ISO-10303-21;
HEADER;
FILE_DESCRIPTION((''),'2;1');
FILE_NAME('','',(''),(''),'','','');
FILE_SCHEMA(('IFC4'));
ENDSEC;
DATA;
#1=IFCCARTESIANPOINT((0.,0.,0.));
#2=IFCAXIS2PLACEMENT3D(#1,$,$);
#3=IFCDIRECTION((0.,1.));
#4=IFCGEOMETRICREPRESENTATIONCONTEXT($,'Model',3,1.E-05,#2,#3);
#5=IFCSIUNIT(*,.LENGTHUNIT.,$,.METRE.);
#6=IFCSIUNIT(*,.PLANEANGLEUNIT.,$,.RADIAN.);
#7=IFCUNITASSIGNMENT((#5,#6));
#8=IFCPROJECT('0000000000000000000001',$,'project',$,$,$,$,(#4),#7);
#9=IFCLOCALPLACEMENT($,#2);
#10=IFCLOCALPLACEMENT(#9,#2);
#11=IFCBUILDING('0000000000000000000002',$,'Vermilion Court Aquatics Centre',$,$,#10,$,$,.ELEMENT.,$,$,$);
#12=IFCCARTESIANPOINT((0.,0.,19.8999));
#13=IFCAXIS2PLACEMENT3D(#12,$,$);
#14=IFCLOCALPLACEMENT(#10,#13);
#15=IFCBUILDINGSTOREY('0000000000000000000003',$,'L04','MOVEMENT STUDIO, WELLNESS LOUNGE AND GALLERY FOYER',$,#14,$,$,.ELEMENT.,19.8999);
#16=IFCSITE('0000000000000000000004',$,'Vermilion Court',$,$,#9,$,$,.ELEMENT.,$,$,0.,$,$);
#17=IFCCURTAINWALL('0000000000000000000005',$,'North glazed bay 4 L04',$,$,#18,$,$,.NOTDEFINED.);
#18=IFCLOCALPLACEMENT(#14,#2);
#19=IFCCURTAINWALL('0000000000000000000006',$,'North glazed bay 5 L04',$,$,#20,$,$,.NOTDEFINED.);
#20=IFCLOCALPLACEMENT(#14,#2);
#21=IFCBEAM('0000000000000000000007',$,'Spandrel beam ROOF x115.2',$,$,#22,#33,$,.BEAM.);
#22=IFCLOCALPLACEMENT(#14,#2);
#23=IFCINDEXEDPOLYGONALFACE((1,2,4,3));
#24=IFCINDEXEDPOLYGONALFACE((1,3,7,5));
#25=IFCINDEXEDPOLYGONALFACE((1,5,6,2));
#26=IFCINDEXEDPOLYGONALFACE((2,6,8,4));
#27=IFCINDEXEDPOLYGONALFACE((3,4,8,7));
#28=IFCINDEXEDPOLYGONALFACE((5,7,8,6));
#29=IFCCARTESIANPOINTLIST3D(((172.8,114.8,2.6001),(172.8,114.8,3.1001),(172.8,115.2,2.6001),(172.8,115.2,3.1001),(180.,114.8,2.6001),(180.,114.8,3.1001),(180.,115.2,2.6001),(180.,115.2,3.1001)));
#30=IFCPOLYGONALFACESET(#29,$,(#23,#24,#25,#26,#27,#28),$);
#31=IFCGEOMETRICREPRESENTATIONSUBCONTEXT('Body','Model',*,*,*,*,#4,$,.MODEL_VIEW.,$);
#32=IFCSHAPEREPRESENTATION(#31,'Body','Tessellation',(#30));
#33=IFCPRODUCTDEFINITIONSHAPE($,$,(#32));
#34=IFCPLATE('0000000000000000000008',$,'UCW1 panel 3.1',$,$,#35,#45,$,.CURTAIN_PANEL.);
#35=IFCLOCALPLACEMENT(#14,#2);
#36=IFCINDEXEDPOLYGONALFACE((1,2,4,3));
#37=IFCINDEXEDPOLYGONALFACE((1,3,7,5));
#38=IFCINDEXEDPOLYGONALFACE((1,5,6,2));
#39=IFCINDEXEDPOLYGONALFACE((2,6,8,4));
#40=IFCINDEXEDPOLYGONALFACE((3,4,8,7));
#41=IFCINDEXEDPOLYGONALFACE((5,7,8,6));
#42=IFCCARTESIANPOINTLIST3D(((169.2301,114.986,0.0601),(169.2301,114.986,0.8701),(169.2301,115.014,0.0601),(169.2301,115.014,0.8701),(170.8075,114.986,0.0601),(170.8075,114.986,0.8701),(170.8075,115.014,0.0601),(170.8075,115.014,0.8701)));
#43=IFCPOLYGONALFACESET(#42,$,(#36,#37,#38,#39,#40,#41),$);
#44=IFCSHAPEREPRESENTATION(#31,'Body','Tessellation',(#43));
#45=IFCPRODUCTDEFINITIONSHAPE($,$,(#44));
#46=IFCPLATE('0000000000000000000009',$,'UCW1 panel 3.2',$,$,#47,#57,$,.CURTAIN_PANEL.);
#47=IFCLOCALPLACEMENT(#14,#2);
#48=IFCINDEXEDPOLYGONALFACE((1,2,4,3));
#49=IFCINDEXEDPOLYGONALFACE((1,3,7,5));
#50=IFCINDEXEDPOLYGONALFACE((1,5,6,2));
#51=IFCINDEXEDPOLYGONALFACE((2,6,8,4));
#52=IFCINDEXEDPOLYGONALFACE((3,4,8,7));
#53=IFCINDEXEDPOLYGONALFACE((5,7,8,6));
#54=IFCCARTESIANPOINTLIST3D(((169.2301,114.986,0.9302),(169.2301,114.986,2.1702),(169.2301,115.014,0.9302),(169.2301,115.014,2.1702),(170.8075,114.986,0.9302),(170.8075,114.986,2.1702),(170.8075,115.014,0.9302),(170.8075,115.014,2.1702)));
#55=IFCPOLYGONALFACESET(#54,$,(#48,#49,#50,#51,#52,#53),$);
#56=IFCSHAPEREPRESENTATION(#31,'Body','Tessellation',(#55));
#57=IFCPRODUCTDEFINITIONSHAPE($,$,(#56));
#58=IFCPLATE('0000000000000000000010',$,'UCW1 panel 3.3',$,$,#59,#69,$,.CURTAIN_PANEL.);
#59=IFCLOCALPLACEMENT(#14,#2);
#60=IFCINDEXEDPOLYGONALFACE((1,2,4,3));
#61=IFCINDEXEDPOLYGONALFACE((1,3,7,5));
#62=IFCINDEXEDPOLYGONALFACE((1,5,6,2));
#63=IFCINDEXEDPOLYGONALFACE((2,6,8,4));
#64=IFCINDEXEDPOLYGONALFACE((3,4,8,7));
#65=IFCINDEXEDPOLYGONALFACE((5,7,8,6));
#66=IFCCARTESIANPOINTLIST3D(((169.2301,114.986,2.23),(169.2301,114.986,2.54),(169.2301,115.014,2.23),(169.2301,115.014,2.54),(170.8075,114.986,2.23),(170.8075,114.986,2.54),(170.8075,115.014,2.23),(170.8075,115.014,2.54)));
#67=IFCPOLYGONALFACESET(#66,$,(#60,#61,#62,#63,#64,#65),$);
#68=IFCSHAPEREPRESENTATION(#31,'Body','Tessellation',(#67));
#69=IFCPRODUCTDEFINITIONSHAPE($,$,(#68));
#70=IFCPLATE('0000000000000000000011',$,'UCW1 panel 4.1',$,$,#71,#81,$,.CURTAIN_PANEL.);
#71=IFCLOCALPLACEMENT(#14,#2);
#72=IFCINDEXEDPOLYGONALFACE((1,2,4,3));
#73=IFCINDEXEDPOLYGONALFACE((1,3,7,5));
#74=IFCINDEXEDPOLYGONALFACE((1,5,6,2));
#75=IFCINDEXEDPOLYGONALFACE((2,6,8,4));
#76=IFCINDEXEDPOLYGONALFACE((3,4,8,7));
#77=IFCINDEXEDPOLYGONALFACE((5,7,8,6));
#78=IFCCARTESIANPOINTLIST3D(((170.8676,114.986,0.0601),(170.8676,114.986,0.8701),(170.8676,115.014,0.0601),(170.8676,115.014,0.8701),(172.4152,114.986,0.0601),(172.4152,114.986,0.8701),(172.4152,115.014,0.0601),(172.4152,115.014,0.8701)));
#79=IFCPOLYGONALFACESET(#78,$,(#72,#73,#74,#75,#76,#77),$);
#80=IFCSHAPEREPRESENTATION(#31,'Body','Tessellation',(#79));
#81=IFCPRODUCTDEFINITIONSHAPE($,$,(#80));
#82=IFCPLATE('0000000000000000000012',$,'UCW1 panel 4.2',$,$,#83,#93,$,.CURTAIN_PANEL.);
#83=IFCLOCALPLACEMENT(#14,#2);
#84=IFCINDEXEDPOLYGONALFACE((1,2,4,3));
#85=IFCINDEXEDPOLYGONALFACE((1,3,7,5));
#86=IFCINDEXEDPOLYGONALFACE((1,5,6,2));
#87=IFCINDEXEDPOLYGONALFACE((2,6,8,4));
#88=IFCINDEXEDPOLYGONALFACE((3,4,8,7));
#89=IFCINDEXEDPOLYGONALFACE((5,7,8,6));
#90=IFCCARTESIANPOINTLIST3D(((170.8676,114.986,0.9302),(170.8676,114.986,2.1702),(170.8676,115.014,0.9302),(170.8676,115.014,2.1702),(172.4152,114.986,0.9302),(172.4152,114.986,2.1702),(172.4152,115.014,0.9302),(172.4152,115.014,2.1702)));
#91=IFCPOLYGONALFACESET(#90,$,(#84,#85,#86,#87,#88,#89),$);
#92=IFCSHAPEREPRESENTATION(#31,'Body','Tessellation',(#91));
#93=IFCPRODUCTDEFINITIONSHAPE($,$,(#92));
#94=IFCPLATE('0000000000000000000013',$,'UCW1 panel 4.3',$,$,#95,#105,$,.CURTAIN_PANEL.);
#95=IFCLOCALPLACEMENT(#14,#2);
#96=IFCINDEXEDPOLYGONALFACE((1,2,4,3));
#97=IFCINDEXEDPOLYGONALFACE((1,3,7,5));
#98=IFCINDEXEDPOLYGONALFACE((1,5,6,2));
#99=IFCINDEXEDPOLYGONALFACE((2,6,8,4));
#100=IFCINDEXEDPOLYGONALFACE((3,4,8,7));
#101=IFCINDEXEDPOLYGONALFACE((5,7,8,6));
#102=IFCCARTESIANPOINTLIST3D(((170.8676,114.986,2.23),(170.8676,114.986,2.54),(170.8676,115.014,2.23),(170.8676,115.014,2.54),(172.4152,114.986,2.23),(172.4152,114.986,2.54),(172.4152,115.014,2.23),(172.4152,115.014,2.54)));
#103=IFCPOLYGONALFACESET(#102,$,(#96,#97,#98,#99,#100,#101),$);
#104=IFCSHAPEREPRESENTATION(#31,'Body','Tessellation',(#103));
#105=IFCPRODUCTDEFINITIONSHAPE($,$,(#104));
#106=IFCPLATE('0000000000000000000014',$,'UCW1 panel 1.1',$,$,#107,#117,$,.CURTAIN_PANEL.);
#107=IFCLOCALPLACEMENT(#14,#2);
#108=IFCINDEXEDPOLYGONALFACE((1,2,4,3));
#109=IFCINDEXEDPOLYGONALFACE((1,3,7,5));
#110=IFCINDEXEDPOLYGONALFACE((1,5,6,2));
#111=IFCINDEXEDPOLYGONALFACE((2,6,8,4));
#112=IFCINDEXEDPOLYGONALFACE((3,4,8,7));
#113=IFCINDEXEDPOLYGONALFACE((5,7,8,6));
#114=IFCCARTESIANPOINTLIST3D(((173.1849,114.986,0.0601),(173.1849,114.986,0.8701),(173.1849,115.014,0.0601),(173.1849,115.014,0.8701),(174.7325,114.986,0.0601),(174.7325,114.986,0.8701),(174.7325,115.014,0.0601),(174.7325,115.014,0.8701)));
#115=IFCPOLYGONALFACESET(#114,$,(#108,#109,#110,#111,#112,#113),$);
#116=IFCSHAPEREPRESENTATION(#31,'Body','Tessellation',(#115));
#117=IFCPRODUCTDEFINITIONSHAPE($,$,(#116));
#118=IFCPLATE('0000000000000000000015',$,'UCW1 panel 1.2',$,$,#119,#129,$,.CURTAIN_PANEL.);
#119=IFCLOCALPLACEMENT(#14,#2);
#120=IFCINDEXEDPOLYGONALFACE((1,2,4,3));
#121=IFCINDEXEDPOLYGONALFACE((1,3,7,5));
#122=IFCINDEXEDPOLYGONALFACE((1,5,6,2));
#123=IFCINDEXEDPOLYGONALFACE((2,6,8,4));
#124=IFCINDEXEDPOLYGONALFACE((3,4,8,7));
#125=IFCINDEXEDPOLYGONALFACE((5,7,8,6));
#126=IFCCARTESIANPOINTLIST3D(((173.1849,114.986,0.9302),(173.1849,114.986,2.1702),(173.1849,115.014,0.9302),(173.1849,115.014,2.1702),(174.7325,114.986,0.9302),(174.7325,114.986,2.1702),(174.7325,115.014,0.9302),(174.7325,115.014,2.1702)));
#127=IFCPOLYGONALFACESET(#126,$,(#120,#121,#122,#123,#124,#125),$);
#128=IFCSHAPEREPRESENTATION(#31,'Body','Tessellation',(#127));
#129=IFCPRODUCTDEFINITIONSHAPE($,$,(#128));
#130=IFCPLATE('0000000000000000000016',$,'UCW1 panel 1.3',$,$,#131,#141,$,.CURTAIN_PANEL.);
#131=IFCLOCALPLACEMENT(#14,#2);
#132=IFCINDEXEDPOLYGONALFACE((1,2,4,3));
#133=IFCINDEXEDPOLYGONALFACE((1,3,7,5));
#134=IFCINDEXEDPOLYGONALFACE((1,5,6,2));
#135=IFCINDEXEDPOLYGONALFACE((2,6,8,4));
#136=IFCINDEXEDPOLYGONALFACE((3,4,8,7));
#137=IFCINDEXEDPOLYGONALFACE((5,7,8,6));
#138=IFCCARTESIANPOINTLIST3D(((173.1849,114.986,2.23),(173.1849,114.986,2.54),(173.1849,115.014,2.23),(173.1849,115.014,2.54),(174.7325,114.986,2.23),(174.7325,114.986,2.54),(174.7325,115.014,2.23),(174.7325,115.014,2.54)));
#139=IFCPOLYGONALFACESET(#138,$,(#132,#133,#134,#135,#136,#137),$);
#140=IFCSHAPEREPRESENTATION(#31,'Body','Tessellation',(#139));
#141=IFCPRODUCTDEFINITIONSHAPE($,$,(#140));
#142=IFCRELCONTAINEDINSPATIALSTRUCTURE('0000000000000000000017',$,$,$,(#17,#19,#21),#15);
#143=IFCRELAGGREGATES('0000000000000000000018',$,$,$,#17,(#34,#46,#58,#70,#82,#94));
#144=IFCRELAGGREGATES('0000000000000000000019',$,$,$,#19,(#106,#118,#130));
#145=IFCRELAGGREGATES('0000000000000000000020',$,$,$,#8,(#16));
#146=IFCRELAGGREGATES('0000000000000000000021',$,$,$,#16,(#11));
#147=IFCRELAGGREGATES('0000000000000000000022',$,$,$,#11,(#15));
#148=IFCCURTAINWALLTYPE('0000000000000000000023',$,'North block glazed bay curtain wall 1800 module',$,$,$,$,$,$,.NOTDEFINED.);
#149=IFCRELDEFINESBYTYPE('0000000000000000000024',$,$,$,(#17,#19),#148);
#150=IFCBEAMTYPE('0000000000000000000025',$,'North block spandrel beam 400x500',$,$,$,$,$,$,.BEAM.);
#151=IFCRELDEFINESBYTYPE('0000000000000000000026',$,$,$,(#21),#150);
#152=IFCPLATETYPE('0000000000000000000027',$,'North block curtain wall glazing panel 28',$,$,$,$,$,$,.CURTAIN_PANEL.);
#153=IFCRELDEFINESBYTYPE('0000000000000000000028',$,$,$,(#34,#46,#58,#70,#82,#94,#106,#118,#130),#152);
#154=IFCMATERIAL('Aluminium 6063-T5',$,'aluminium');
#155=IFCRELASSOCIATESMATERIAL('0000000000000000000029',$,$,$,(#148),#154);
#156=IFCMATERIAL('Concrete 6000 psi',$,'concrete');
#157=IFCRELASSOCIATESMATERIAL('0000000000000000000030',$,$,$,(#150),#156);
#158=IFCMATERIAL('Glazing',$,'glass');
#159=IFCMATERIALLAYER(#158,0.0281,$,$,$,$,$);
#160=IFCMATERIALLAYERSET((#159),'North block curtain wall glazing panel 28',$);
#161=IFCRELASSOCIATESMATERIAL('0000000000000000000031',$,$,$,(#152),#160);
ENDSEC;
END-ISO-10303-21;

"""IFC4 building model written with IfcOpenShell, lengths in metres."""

from ifc_helpers import new_model, si_unit, direction, frame, origin, origin_2d, place, context, subcontext, project, spatial, rectangle, extrude, material, layer, layer_set, material_profile, profile_set, type_object, element, aggregate, save


model = new_model("IFC4")

# Units and contexts
model_context = context("Model", 3, precision=1e-05, world=origin(), true_north=direction((0.0, 1.0)))
body_context = subcontext(model_context, "Body", "Model", "MODEL_VIEW")
ifc_project = project(units=[si_unit("LENGTHUNIT", "METRE"), si_unit("PLANEANGLEUNIT", "RADIAN")], contexts=[model_context])

# Site, building, storey
site_placement = place(None, origin())
site = spatial("IfcSite", under=ifc_project, at=site_placement, Name="Vermilion Court", CompositionType="ELEMENT", RefElevation=0.0)
building_placement = place(site_placement, origin())
building = spatial("IfcBuilding", under=site, at=building_placement, Name="Vermilion Court Aquatics Centre", CompositionType="ELEMENT")
storey_placement = place(building_placement, frame((0.0, 0.0, 19.8999)))
storey = spatial("IfcBuildingStorey", under=building, at=storey_placement, Name="L04", Description="MOVEMENT STUDIO, WELLNESS LOUNGE AND GALLERY FOYER", CompositionType="ELEMENT", Elevation=19.8999)

# Curtain wall
ifc_material_1 = material(Name="Aluminium 6063-T5", Category="aluminium")
curtain_wall_type = type_object("IfcCurtainWallType", Name="North block glazed bay curtain wall 1800 module", PredefinedType="NOTDEFINED", material=ifc_material_1)
curtain_wall_1_placement = place(storey_placement, origin())
curtain_wall_1 = element("IfcCurtainWall", 1, at=curtain_wall_1_placement, inside=storey, type_object=curtain_wall_type, Name="North glazed bay 4 L04", PredefinedType="NOTDEFINED")

# Curtain wall
curtain_wall_2_placement = place(storey_placement, origin())
curtain_wall_2 = element("IfcCurtainWall", 2, at=curtain_wall_2_placement, inside=storey, type_object=curtain_wall_type, Name="North glazed bay 5 L04", PredefinedType="NOTDEFINED")

# Beam
ifc_material_2 = material(Name="Concrete 6000 psi", Category="concrete")
ifc_material_profile_1 = material_profile(ifc_material_2, rectangle(XDim=0.3999, YDim=0.5, at=origin_2d()), Name="RC 400x500")
ifc_profile_set_1 = profile_set([ifc_material_profile_1], Name="Concrete 6000 psi")
beam_type = type_object("IfcBeamType", Name="North block spandrel beam 400x500", PredefinedType="BEAM", material=ifc_profile_set_1)
beam_placement = place(storey_placement, frame((172.8, 115.0, 2.8501), z_axis=(1.0, 0.0, 0.0), x_axis=(0.0, 1.0, 0.0)))
element("IfcBeam", 3, at=beam_placement, inside=storey, type_object=beam_type, Name="Spandrel beam ROOF x115.2", PredefinedType="BEAM", context=body_context, shape_type="SweptSolid", body=[
    extrude(rectangle(XDim=0.3999, YDim=0.5, at=origin_2d()), origin(), (0.0, 0.0, 1.0), 7.2),
])

# Plates
ifc_material_3 = material(Name="Glazing", Category="glass")
ifc_layer = layer(ifc_material_3, 0.0281)
ifc_layer_set = layer_set([ifc_layer], Name="North block curtain wall glazing panel 28")
plate_type = type_object("IfcPlateType", Name="North block curtain wall glazing panel 28", PredefinedType="CURTAIN_PANEL", material=ifc_layer_set)
plate_1_placement = place(storey_placement, frame((170.0188, 115.0, 0.0601), z_axis=(0.0, 0.0, 1.0), x_axis=(1.0, 0.0, 0.0)))
plate_1 = element("IfcPlate", 4, at=plate_1_placement, type_object=plate_type, Name="UCW1 panel 3.1", PredefinedType="CURTAIN_PANEL", context=body_context, shape_type="SweptSolid", body=[
    extrude(rectangle(XDim=1.5774, YDim=0.0281, at=origin_2d()), origin(), (0.0, 0.0, 1.0), 0.8101),
])
plate_2_placement = place(storey_placement, frame((170.0188, 115.0, 0.9302), z_axis=(0.0, 0.0, 1.0), x_axis=(1.0, 0.0, 0.0)))
plate_2 = element("IfcPlate", 5, at=plate_2_placement, type_object=plate_type, Name="UCW1 panel 3.2", PredefinedType="CURTAIN_PANEL", context=body_context, shape_type="SweptSolid", body=[
    extrude(rectangle(XDim=1.5774, YDim=0.0281, at=origin_2d()), origin(), (0.0, 0.0, 1.0), 1.24),
])
plate_3_placement = place(storey_placement, frame((170.0188, 115.0, 2.23), z_axis=(0.0, 0.0, 1.0), x_axis=(1.0, 0.0, 0.0)))
plate_3 = element("IfcPlate", 6, at=plate_3_placement, type_object=plate_type, Name="UCW1 panel 3.3", PredefinedType="CURTAIN_PANEL", context=body_context, shape_type="SweptSolid", body=[
    extrude(rectangle(XDim=1.5774, YDim=0.0281, at=origin_2d()), origin(), (0.0, 0.0, 1.0), 0.3101),
])
plate_4_placement = place(storey_placement, frame((171.6414, 115.0, 0.0601), z_axis=(0.0, 0.0, 1.0), x_axis=(1.0, 0.0, 0.0)))
plate_4 = element("IfcPlate", 7, at=plate_4_placement, type_object=plate_type, Name="UCW1 panel 4.1", PredefinedType="CURTAIN_PANEL", context=body_context, shape_type="SweptSolid", body=[
    extrude(rectangle(XDim=1.5476, YDim=0.0281, at=origin_2d()), origin(), (0.0, 0.0, 1.0), 0.8101),
])
plate_5_placement = place(storey_placement, frame((171.6414, 115.0, 0.9302), z_axis=(0.0, 0.0, 1.0), x_axis=(1.0, 0.0, 0.0)))
plate_5 = element("IfcPlate", 8, at=plate_5_placement, type_object=plate_type, Name="UCW1 panel 4.2", PredefinedType="CURTAIN_PANEL", context=body_context, shape_type="SweptSolid", body=[
    extrude(rectangle(XDim=1.5476, YDim=0.0281, at=origin_2d()), origin(), (0.0, 0.0, 1.0), 1.24),
])
plate_6_placement = place(storey_placement, frame((171.6414, 115.0, 2.23), z_axis=(0.0, 0.0, 1.0), x_axis=(1.0, 0.0, 0.0)))
plate_6 = element("IfcPlate", 9, at=plate_6_placement, type_object=plate_type, Name="UCW1 panel 4.3", PredefinedType="CURTAIN_PANEL", context=body_context, shape_type="SweptSolid", body=[
    extrude(rectangle(XDim=1.5476, YDim=0.0281, at=origin_2d()), origin(), (0.0, 0.0, 1.0), 0.3101),
])
aggregate(curtain_wall_1, [plate_1, plate_2, plate_3, plate_4, plate_5, plate_6])
plate_7_placement = place(storey_placement, frame((173.9587, 115.0, 0.0601), z_axis=(0.0, 0.0, 1.0), x_axis=(1.0, 0.0, 0.0)))
plate_7 = element("IfcPlate", 10, at=plate_7_placement, type_object=plate_type, Name="UCW1 panel 1.1", PredefinedType="CURTAIN_PANEL", context=body_context, shape_type="SweptSolid", body=[
    extrude(rectangle(XDim=1.5476, YDim=0.0281, at=origin_2d()), origin(), (0.0, 0.0, 1.0), 0.8101),
])
plate_8_placement = place(storey_placement, frame((173.9587, 115.0, 0.9302), z_axis=(0.0, 0.0, 1.0), x_axis=(1.0, 0.0, 0.0)))
plate_8 = element("IfcPlate", 11, at=plate_8_placement, type_object=plate_type, Name="UCW1 panel 1.2", PredefinedType="CURTAIN_PANEL", context=body_context, shape_type="SweptSolid", body=[
    extrude(rectangle(XDim=1.5476, YDim=0.0281, at=origin_2d()), origin(), (0.0, 0.0, 1.0), 1.24),
])
plate_9_placement = place(storey_placement, frame((173.9587, 115.0, 2.23), z_axis=(0.0, 0.0, 1.0), x_axis=(1.0, 0.0, 0.0)))
plate_9 = element("IfcPlate", 12, at=plate_9_placement, type_object=plate_type, Name="UCW1 panel 1.3", PredefinedType="CURTAIN_PANEL", context=body_context, shape_type="SweptSolid", body=[
    extrude(rectangle(XDim=1.5476, YDim=0.0281, at=origin_2d()), origin(), (0.0, 0.0, 1.0), 0.3101),
])
aggregate(curtain_wall_2, [plate_7, plate_8, plate_9])

save(model, "model.ifc")
